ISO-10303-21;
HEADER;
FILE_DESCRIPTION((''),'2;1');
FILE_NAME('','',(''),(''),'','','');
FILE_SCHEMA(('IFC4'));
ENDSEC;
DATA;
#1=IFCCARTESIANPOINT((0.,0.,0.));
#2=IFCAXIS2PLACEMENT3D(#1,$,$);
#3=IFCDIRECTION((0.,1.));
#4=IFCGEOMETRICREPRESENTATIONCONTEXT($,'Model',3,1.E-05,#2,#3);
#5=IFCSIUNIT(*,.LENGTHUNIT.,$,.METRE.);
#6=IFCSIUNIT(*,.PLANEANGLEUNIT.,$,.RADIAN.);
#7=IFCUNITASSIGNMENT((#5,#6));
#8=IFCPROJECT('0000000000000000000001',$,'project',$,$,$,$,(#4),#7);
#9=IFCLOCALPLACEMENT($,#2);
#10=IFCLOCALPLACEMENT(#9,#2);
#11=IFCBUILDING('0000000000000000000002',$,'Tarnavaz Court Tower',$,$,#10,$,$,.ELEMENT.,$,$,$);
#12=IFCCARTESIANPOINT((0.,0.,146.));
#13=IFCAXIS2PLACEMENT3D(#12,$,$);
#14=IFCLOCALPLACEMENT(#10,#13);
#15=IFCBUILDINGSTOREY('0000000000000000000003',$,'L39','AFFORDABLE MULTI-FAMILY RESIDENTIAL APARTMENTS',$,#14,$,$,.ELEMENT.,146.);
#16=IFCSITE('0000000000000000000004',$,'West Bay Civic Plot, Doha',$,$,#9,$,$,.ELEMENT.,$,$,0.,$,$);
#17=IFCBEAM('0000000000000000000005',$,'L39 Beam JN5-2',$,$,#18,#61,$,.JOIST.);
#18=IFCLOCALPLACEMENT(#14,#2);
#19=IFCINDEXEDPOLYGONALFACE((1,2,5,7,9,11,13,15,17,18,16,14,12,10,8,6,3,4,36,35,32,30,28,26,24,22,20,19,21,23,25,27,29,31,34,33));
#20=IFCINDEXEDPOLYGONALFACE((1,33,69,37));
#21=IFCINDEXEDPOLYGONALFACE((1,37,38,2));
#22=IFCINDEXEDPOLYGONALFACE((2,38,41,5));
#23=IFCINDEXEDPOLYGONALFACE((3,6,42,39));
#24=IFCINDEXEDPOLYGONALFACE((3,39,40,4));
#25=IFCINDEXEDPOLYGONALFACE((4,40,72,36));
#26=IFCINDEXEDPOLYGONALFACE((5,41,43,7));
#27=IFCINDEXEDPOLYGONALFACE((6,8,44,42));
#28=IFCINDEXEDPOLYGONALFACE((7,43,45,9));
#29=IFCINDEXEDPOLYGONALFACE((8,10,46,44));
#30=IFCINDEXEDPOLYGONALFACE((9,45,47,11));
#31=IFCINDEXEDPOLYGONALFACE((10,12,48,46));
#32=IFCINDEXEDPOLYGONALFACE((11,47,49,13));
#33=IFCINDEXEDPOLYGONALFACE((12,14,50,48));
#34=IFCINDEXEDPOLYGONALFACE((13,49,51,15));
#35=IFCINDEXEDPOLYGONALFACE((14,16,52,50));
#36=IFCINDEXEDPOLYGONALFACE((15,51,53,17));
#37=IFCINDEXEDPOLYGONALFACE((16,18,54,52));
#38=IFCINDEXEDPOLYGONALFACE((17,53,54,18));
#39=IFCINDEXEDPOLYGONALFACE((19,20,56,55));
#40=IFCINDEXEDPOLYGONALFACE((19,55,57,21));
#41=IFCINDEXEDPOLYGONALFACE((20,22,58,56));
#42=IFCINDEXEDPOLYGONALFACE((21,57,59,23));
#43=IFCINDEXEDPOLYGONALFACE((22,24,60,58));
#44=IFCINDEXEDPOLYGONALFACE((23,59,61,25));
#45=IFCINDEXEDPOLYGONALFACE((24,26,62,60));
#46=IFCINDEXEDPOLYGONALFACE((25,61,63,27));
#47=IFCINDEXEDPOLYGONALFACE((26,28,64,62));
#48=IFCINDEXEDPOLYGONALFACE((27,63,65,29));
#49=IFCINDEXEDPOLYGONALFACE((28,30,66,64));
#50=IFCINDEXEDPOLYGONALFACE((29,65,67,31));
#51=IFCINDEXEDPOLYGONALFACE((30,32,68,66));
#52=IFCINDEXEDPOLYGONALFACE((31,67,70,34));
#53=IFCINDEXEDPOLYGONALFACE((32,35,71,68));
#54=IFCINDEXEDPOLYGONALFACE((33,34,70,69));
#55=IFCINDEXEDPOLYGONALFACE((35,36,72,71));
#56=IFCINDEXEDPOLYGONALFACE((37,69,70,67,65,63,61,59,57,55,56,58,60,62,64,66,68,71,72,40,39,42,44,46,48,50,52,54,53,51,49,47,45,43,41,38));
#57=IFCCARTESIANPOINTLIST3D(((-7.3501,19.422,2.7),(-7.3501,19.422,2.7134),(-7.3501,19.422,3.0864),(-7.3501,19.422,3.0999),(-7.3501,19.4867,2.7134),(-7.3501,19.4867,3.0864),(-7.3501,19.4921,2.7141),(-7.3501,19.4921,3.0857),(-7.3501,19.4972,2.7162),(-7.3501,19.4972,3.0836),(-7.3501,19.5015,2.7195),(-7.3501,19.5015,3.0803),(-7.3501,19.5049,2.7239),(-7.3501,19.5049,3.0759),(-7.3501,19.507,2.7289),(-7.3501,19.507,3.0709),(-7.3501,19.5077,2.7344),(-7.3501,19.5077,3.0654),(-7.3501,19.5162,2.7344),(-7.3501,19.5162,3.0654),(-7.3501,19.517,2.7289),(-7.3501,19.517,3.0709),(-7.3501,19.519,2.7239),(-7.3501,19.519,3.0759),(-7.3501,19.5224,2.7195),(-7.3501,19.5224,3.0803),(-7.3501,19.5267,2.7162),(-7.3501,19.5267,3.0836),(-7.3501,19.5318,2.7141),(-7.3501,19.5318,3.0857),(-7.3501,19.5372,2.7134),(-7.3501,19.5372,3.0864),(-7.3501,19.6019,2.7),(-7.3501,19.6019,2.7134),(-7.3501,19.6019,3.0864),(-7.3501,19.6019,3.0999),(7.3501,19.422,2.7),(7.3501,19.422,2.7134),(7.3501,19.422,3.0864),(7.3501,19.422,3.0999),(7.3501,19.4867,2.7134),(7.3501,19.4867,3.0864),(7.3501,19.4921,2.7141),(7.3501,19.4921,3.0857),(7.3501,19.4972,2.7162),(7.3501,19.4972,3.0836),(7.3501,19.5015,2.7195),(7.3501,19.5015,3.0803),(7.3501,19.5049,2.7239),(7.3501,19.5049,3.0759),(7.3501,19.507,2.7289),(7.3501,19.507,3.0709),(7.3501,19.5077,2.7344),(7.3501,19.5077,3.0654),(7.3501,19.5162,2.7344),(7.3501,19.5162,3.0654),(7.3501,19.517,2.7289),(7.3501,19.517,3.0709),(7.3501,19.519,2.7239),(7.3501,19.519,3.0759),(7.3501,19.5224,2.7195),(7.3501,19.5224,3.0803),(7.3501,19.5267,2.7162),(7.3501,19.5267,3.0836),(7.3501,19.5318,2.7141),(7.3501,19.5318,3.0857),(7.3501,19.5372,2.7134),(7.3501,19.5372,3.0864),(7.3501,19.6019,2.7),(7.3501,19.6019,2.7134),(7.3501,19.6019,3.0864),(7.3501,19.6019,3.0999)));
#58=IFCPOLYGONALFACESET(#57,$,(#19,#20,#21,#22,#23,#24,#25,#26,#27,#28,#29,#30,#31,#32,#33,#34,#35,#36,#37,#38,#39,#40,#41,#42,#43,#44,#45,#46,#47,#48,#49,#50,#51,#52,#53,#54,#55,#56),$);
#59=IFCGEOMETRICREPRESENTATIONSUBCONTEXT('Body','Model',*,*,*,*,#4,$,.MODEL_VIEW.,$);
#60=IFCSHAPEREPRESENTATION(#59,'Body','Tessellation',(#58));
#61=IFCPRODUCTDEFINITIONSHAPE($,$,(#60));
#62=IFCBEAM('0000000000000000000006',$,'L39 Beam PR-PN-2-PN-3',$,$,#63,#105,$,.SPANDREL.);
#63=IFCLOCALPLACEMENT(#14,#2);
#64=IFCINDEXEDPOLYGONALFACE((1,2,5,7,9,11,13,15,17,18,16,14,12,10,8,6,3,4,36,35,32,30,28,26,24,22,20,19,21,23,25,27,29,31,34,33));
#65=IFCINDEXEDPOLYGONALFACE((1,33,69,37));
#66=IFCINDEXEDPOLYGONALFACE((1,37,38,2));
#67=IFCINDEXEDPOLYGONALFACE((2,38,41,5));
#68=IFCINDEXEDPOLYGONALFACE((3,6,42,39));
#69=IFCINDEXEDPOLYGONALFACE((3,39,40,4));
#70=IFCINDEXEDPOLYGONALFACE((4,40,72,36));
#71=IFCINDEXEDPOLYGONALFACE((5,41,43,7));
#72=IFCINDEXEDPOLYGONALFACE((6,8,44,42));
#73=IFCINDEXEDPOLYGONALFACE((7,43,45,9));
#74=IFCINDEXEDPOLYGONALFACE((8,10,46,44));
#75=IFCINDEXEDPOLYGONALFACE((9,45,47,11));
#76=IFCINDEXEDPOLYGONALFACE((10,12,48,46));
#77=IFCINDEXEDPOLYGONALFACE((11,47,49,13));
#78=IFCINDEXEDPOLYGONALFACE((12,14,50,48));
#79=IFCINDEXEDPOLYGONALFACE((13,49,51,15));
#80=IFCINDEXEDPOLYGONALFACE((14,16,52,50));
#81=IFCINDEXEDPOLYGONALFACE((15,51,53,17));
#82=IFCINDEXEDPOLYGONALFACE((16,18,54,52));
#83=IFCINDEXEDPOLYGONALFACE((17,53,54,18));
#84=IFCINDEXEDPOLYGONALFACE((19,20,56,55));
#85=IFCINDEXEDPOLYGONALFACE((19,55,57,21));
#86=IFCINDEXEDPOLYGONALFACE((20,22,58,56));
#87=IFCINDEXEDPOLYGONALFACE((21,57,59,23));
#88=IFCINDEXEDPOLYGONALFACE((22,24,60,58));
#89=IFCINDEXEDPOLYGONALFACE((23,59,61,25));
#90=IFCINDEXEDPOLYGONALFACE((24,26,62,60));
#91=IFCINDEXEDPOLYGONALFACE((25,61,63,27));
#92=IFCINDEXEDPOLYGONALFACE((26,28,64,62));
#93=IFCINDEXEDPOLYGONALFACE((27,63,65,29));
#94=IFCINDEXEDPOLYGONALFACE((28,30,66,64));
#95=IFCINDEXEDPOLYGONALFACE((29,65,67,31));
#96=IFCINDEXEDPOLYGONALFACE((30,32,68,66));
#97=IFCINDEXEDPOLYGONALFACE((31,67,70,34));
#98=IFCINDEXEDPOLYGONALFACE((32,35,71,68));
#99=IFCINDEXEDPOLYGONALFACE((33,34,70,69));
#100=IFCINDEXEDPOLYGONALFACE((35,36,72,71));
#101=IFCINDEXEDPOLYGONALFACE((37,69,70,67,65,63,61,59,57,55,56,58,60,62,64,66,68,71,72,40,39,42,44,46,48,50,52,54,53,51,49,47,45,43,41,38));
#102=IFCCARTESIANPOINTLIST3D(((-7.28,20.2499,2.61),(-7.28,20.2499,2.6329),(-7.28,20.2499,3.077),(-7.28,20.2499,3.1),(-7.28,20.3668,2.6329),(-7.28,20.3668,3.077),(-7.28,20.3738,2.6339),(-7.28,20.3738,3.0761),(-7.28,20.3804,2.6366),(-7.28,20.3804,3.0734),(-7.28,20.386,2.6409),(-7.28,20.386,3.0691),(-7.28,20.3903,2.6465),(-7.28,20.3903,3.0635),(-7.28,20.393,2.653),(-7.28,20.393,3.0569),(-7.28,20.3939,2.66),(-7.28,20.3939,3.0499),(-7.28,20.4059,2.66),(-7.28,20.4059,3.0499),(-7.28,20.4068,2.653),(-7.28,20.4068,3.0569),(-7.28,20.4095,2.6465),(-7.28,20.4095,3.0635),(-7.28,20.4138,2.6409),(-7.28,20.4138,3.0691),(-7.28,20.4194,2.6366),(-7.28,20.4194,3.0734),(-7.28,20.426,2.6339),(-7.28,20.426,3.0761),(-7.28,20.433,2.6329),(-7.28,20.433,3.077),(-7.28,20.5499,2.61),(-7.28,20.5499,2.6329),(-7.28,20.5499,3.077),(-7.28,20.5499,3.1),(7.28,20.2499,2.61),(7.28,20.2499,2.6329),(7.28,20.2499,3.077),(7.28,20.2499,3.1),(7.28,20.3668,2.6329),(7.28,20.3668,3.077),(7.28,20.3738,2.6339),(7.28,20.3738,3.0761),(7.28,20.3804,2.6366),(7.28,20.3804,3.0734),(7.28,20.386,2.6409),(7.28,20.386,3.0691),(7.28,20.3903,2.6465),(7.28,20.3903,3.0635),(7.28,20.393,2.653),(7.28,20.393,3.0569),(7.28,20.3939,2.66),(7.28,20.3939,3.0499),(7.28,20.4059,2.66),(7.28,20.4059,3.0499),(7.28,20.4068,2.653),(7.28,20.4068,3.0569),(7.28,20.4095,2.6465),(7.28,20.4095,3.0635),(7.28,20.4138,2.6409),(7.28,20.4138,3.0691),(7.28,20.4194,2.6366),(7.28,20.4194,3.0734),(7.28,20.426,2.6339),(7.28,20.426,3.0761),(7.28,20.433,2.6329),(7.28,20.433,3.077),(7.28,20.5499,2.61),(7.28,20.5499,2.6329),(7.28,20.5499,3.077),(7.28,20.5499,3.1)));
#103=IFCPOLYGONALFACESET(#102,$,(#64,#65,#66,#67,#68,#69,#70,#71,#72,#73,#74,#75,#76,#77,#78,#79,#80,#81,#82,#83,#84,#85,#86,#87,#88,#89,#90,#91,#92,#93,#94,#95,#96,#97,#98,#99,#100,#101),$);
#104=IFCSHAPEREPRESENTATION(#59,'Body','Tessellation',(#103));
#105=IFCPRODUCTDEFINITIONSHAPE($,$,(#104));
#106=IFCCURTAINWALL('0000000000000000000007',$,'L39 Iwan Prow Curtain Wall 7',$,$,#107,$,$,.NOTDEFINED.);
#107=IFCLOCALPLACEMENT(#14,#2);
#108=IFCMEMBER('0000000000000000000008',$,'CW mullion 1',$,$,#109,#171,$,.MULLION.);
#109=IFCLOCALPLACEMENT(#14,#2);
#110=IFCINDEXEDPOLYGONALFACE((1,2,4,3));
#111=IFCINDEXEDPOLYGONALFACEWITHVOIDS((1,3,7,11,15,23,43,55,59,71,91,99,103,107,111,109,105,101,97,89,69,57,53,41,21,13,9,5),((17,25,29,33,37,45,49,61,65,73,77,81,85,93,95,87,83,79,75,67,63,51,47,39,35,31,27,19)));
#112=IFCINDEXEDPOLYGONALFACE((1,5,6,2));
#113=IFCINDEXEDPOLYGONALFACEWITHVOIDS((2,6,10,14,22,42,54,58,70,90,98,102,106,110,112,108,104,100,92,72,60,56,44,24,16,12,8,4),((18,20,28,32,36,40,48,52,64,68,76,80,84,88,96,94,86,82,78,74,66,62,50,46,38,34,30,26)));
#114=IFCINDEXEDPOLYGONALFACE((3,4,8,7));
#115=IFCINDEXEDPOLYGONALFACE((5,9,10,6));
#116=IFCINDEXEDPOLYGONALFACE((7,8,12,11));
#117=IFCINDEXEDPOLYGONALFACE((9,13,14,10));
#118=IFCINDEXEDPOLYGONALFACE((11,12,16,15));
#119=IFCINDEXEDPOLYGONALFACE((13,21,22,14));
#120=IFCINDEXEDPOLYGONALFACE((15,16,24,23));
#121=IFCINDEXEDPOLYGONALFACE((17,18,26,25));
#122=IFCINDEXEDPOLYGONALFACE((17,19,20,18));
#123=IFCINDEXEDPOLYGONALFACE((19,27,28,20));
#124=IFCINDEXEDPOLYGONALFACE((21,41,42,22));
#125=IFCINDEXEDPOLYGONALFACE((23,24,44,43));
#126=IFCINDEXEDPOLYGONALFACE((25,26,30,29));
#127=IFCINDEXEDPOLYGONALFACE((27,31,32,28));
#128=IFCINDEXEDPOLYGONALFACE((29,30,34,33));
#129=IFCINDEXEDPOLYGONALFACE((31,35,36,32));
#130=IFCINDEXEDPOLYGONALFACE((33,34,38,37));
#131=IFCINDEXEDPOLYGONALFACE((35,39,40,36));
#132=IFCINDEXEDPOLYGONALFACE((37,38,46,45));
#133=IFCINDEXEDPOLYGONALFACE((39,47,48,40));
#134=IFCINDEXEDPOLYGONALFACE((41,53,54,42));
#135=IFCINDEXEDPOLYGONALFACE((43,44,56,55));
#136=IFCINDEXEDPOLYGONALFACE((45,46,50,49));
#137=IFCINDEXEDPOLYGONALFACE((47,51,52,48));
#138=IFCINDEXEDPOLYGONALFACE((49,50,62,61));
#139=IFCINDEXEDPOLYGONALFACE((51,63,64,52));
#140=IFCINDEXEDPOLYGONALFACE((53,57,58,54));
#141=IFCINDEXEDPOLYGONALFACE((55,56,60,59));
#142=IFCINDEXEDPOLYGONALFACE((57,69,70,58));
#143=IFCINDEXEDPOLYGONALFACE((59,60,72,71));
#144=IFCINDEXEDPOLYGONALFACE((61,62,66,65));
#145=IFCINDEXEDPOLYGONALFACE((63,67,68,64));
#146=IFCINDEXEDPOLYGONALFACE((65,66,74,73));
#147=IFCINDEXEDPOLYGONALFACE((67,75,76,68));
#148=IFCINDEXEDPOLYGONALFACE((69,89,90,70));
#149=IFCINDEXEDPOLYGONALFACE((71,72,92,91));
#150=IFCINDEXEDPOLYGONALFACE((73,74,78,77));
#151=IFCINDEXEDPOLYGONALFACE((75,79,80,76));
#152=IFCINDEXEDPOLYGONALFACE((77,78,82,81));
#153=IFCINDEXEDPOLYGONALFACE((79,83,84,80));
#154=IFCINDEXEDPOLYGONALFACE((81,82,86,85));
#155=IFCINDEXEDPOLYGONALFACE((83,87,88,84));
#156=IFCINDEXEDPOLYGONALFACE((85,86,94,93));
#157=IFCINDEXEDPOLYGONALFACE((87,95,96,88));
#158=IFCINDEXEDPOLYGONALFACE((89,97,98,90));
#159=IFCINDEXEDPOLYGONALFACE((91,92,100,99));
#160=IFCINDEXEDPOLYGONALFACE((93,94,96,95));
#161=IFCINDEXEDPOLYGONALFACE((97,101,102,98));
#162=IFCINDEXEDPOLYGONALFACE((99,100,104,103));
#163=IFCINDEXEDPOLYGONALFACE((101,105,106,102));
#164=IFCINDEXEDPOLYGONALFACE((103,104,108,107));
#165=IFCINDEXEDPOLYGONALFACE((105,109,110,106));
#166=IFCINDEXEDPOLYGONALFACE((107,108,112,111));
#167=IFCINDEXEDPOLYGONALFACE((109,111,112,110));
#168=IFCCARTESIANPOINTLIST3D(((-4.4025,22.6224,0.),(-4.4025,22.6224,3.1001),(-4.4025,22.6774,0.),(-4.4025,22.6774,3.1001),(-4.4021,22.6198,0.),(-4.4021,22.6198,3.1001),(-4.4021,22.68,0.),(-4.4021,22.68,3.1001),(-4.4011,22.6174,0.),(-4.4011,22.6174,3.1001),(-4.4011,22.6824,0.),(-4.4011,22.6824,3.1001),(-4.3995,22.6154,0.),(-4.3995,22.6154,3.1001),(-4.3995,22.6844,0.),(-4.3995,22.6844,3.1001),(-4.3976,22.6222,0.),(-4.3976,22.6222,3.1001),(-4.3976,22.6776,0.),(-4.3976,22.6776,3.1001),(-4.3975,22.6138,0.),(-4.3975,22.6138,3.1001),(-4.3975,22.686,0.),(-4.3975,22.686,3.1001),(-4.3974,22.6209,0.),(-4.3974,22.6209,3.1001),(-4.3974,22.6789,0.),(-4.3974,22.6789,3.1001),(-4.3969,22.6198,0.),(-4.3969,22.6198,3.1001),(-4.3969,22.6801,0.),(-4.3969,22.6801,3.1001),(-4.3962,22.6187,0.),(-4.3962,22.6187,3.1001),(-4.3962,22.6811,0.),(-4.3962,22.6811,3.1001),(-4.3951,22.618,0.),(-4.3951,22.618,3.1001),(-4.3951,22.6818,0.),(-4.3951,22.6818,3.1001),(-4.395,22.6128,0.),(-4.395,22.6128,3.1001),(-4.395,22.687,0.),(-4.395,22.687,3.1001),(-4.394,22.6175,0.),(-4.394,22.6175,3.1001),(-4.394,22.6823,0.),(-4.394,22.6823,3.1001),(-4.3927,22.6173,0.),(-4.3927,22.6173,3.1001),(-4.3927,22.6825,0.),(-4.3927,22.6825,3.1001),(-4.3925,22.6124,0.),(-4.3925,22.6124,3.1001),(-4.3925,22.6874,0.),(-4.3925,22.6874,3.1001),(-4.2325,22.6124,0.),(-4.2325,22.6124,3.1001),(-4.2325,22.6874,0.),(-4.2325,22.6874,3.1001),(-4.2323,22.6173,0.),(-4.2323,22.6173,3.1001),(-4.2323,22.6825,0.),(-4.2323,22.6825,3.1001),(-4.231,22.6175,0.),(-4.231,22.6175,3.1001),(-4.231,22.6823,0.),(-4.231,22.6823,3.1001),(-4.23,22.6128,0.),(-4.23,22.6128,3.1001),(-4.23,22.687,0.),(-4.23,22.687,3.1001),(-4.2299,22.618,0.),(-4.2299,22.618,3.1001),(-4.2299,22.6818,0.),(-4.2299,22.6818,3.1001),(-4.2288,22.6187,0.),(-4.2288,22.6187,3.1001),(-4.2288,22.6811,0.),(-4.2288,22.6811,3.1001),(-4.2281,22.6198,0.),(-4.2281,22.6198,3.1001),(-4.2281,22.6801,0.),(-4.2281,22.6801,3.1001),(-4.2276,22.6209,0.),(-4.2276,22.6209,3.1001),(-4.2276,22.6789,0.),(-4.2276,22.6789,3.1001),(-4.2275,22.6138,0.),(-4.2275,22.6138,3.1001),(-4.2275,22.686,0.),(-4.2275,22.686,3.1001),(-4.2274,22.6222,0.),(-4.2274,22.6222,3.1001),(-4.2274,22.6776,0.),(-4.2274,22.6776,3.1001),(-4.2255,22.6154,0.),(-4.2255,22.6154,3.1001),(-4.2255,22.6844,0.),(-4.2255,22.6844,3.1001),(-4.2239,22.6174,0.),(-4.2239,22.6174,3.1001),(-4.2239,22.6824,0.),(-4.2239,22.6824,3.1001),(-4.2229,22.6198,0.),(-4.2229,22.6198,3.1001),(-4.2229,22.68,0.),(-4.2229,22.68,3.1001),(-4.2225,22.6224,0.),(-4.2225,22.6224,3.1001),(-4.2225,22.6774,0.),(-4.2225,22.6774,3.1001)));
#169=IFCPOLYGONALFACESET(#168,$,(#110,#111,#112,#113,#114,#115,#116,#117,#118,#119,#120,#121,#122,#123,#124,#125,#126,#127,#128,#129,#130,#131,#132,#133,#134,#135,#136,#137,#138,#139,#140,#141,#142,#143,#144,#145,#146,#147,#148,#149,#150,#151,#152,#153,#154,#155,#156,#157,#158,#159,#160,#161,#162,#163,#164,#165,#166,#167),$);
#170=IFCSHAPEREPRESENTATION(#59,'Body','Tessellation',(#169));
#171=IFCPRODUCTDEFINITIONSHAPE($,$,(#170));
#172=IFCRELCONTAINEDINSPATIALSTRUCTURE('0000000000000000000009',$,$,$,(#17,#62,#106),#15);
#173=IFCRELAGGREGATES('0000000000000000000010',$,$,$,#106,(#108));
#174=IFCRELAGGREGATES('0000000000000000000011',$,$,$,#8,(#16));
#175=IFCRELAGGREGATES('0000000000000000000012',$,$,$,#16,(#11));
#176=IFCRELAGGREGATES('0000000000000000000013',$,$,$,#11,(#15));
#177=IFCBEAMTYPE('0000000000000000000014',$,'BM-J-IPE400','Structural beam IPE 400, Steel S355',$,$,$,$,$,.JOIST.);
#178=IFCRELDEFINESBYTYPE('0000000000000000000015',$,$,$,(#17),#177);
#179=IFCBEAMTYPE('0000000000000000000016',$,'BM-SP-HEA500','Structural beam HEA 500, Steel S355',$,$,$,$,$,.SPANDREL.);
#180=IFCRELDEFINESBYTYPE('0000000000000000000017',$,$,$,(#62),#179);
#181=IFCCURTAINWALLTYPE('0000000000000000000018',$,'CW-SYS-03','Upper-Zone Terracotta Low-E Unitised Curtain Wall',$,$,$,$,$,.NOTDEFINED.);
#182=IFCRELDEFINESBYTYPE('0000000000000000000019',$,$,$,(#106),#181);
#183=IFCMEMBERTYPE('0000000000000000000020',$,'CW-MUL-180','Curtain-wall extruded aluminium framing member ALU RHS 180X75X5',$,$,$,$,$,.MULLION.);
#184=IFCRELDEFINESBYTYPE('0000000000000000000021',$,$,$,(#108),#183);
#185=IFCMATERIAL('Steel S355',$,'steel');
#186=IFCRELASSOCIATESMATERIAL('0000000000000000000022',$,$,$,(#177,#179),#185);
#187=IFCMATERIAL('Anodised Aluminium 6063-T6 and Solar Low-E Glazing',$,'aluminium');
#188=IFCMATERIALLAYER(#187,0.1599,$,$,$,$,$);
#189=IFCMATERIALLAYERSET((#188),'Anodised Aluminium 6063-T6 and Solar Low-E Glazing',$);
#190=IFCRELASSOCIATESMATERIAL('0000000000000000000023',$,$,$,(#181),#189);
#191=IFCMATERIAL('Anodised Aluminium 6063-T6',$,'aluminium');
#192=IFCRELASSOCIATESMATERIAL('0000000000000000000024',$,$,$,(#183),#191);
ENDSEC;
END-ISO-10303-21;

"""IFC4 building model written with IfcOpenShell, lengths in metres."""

from ifc_helpers import new_model, si_unit, direction, frame, origin, origin_2d, place, context, subcontext, project, spatial, hollow_rectangle, i_section, extrude, material, layer, layer_set, material_profile, profile_set, type_object, element, aggregate, save


model = new_model("IFC4")

# Units and contexts
model_context = context("Model", 3, precision=1e-05, world=origin(), true_north=direction((0.0, 1.0)))
body_context = subcontext(model_context, "Body", "Model", "MODEL_VIEW")
ifc_project = project(units=[si_unit("LENGTHUNIT", "METRE"), si_unit("PLANEANGLEUNIT", "RADIAN")], contexts=[model_context])

# Site, building, storey
site_placement = place(None, origin())
site = spatial("IfcSite", under=ifc_project, at=site_placement, Name="West Bay Civic Plot, Doha", CompositionType="ELEMENT", RefElevation=0.0)
building_placement = place(site_placement, origin())
building = spatial("IfcBuilding", under=site, at=building_placement, Name="Tarnavaz Court Tower", CompositionType="ELEMENT")
storey_placement = place(building_placement, frame((0.0, 0.0, 146.0)))
storey = spatial("IfcBuildingStorey", under=building, at=storey_placement, Name="L39", Description="AFFORDABLE MULTI-FAMILY RESIDENTIAL APARTMENTS", CompositionType="ELEMENT", Elevation=146.0)

# Beams
ifc_material_1 = material(Name="Steel S355", Category="steel")
ifc_material_profile_1 = material_profile(ifc_material_1, i_section(OverallWidth=0.1799, OverallDepth=0.3999, WebThickness=0.0085, FlangeThickness=0.0134, FilletRadius=0.021, at=origin_2d()), Name="IPE 400")
ifc_profile_set_1 = profile_set([ifc_material_profile_1], Name="Steel S355")
beam_type_1 = type_object("IfcBeamType", Name="BM-J-IPE400", Description="Structural beam IPE 400, Steel S355", PredefinedType="JOIST", material=ifc_profile_set_1)
for number, where, z_axis, x_axis, name in (
    (1, (-7.3501, 19.512, 2.8999), (1.0, 0.0, 0.0), (0.0, 1.0, 0.0), "L39 Beam JN5-2"),
):
    element("IfcBeam", number, at=place(storey_placement, frame(where, z_axis=z_axis, x_axis=x_axis)), inside=storey, type_object=beam_type_1, Name=name, PredefinedType="JOIST", context=body_context, shape_type="SweptSolid", body=[
        extrude(i_section(OverallWidth=0.1799, OverallDepth=0.3999, WebThickness=0.0085, FlangeThickness=0.0134, FilletRadius=0.021, at=origin_2d()), origin(), (0.0, 0.0, 1.0), 14.7002),
    ])
ifc_material_profile_2 = material_profile(ifc_material_1, i_section(OverallWidth=0.3, OverallDepth=0.49, WebThickness=0.012, FlangeThickness=0.0229, FilletRadius=0.0271, at=origin_2d()), Name="HEA 500")
ifc_profile_set_2 = profile_set([ifc_material_profile_2], Name="Steel S355")
beam_type_2 = type_object("IfcBeamType", Name="BM-SP-HEA500", Description="Structural beam HEA 500, Steel S355", PredefinedType="SPANDREL", material=ifc_profile_set_2)
beam_placement = place(storey_placement, frame((-7.28, 20.3999, 2.855), z_axis=(1.0, 0.0, 0.0), x_axis=(0.0, 1.0, 0.0)))
element("IfcBeam", 2, at=beam_placement, inside=storey, type_object=beam_type_2, Name="L39 Beam PR-PN-2-PN-3", PredefinedType="SPANDREL", context=body_context, shape_type="SweptSolid", body=[
    extrude(i_section(OverallWidth=0.3, OverallDepth=0.49, WebThickness=0.012, FlangeThickness=0.0229, FilletRadius=0.0271, at=origin_2d()), origin(), (0.0, 0.0, 1.0), 14.5601),
])

# Curtain wall, member
ifc_material_2 = material(Name="Anodised Aluminium 6063-T6 and Solar Low-E Glazing", Category="aluminium")
ifc_layer_1 = layer(ifc_material_2, 0.1599)
ifc_layer_set_1 = layer_set([ifc_layer_1], Name="Anodised Aluminium 6063-T6 and Solar Low-E Glazing")
curtain_wall_type = type_object("IfcCurtainWallType", Name="CW-SYS-03", Description="Upper-Zone Terracotta Low-E Unitised Curtain Wall", PredefinedType="NOTDEFINED", material=ifc_layer_set_1)
curtain_wall_placement = place(storey_placement, origin())
curtain_wall = element("IfcCurtainWall", 3, at=curtain_wall_placement, inside=storey, type_object=curtain_wall_type, Name="L39 Iwan Prow Curtain Wall 7", PredefinedType="NOTDEFINED")
ifc_material_3 = material(Name="Anodised Aluminium 6063-T6", Category="aluminium")
ifc_material_profile_3 = material_profile(ifc_material_3, hollow_rectangle(XDim=0.075, YDim=0.1799, WallThickness=0.0049, InnerFilletRadius=0.0049, OuterFilletRadius=0.01, at=origin_2d()), Name="ALU RHS 180X75X5")
ifc_profile_set_3 = profile_set([ifc_material_profile_3], Name="Anodised Aluminium 6063-T6")
member_type_1 = type_object("IfcMemberType", Name="CW-MUL-180", Description="Curtain-wall extruded aluminium framing member ALU RHS 180X75X5", PredefinedType="MULLION", material=ifc_profile_set_3)
member_1_placement = place(storey_placement, frame((-4.3125, 22.6499, 0.0), z_axis=(0.0, 0.0, 1.0), x_axis=(0.0, 1.0, 0.0)))
member_1 = element("IfcMember", 4, at=member_1_placement, type_object=member_type_1, Name="CW mullion 1", PredefinedType="MULLION", context=body_context, shape_type="SweptSolid", body=[
    extrude(hollow_rectangle(XDim=0.075, YDim=0.1799, WallThickness=0.0049, InnerFilletRadius=0.0049, OuterFilletRadius=0.01, at=origin_2d()), origin(), (0.0, 0.0, 1.0), 3.1001),
])
aggregate(curtain_wall, [member_1])

save(model, "model.ifc")
